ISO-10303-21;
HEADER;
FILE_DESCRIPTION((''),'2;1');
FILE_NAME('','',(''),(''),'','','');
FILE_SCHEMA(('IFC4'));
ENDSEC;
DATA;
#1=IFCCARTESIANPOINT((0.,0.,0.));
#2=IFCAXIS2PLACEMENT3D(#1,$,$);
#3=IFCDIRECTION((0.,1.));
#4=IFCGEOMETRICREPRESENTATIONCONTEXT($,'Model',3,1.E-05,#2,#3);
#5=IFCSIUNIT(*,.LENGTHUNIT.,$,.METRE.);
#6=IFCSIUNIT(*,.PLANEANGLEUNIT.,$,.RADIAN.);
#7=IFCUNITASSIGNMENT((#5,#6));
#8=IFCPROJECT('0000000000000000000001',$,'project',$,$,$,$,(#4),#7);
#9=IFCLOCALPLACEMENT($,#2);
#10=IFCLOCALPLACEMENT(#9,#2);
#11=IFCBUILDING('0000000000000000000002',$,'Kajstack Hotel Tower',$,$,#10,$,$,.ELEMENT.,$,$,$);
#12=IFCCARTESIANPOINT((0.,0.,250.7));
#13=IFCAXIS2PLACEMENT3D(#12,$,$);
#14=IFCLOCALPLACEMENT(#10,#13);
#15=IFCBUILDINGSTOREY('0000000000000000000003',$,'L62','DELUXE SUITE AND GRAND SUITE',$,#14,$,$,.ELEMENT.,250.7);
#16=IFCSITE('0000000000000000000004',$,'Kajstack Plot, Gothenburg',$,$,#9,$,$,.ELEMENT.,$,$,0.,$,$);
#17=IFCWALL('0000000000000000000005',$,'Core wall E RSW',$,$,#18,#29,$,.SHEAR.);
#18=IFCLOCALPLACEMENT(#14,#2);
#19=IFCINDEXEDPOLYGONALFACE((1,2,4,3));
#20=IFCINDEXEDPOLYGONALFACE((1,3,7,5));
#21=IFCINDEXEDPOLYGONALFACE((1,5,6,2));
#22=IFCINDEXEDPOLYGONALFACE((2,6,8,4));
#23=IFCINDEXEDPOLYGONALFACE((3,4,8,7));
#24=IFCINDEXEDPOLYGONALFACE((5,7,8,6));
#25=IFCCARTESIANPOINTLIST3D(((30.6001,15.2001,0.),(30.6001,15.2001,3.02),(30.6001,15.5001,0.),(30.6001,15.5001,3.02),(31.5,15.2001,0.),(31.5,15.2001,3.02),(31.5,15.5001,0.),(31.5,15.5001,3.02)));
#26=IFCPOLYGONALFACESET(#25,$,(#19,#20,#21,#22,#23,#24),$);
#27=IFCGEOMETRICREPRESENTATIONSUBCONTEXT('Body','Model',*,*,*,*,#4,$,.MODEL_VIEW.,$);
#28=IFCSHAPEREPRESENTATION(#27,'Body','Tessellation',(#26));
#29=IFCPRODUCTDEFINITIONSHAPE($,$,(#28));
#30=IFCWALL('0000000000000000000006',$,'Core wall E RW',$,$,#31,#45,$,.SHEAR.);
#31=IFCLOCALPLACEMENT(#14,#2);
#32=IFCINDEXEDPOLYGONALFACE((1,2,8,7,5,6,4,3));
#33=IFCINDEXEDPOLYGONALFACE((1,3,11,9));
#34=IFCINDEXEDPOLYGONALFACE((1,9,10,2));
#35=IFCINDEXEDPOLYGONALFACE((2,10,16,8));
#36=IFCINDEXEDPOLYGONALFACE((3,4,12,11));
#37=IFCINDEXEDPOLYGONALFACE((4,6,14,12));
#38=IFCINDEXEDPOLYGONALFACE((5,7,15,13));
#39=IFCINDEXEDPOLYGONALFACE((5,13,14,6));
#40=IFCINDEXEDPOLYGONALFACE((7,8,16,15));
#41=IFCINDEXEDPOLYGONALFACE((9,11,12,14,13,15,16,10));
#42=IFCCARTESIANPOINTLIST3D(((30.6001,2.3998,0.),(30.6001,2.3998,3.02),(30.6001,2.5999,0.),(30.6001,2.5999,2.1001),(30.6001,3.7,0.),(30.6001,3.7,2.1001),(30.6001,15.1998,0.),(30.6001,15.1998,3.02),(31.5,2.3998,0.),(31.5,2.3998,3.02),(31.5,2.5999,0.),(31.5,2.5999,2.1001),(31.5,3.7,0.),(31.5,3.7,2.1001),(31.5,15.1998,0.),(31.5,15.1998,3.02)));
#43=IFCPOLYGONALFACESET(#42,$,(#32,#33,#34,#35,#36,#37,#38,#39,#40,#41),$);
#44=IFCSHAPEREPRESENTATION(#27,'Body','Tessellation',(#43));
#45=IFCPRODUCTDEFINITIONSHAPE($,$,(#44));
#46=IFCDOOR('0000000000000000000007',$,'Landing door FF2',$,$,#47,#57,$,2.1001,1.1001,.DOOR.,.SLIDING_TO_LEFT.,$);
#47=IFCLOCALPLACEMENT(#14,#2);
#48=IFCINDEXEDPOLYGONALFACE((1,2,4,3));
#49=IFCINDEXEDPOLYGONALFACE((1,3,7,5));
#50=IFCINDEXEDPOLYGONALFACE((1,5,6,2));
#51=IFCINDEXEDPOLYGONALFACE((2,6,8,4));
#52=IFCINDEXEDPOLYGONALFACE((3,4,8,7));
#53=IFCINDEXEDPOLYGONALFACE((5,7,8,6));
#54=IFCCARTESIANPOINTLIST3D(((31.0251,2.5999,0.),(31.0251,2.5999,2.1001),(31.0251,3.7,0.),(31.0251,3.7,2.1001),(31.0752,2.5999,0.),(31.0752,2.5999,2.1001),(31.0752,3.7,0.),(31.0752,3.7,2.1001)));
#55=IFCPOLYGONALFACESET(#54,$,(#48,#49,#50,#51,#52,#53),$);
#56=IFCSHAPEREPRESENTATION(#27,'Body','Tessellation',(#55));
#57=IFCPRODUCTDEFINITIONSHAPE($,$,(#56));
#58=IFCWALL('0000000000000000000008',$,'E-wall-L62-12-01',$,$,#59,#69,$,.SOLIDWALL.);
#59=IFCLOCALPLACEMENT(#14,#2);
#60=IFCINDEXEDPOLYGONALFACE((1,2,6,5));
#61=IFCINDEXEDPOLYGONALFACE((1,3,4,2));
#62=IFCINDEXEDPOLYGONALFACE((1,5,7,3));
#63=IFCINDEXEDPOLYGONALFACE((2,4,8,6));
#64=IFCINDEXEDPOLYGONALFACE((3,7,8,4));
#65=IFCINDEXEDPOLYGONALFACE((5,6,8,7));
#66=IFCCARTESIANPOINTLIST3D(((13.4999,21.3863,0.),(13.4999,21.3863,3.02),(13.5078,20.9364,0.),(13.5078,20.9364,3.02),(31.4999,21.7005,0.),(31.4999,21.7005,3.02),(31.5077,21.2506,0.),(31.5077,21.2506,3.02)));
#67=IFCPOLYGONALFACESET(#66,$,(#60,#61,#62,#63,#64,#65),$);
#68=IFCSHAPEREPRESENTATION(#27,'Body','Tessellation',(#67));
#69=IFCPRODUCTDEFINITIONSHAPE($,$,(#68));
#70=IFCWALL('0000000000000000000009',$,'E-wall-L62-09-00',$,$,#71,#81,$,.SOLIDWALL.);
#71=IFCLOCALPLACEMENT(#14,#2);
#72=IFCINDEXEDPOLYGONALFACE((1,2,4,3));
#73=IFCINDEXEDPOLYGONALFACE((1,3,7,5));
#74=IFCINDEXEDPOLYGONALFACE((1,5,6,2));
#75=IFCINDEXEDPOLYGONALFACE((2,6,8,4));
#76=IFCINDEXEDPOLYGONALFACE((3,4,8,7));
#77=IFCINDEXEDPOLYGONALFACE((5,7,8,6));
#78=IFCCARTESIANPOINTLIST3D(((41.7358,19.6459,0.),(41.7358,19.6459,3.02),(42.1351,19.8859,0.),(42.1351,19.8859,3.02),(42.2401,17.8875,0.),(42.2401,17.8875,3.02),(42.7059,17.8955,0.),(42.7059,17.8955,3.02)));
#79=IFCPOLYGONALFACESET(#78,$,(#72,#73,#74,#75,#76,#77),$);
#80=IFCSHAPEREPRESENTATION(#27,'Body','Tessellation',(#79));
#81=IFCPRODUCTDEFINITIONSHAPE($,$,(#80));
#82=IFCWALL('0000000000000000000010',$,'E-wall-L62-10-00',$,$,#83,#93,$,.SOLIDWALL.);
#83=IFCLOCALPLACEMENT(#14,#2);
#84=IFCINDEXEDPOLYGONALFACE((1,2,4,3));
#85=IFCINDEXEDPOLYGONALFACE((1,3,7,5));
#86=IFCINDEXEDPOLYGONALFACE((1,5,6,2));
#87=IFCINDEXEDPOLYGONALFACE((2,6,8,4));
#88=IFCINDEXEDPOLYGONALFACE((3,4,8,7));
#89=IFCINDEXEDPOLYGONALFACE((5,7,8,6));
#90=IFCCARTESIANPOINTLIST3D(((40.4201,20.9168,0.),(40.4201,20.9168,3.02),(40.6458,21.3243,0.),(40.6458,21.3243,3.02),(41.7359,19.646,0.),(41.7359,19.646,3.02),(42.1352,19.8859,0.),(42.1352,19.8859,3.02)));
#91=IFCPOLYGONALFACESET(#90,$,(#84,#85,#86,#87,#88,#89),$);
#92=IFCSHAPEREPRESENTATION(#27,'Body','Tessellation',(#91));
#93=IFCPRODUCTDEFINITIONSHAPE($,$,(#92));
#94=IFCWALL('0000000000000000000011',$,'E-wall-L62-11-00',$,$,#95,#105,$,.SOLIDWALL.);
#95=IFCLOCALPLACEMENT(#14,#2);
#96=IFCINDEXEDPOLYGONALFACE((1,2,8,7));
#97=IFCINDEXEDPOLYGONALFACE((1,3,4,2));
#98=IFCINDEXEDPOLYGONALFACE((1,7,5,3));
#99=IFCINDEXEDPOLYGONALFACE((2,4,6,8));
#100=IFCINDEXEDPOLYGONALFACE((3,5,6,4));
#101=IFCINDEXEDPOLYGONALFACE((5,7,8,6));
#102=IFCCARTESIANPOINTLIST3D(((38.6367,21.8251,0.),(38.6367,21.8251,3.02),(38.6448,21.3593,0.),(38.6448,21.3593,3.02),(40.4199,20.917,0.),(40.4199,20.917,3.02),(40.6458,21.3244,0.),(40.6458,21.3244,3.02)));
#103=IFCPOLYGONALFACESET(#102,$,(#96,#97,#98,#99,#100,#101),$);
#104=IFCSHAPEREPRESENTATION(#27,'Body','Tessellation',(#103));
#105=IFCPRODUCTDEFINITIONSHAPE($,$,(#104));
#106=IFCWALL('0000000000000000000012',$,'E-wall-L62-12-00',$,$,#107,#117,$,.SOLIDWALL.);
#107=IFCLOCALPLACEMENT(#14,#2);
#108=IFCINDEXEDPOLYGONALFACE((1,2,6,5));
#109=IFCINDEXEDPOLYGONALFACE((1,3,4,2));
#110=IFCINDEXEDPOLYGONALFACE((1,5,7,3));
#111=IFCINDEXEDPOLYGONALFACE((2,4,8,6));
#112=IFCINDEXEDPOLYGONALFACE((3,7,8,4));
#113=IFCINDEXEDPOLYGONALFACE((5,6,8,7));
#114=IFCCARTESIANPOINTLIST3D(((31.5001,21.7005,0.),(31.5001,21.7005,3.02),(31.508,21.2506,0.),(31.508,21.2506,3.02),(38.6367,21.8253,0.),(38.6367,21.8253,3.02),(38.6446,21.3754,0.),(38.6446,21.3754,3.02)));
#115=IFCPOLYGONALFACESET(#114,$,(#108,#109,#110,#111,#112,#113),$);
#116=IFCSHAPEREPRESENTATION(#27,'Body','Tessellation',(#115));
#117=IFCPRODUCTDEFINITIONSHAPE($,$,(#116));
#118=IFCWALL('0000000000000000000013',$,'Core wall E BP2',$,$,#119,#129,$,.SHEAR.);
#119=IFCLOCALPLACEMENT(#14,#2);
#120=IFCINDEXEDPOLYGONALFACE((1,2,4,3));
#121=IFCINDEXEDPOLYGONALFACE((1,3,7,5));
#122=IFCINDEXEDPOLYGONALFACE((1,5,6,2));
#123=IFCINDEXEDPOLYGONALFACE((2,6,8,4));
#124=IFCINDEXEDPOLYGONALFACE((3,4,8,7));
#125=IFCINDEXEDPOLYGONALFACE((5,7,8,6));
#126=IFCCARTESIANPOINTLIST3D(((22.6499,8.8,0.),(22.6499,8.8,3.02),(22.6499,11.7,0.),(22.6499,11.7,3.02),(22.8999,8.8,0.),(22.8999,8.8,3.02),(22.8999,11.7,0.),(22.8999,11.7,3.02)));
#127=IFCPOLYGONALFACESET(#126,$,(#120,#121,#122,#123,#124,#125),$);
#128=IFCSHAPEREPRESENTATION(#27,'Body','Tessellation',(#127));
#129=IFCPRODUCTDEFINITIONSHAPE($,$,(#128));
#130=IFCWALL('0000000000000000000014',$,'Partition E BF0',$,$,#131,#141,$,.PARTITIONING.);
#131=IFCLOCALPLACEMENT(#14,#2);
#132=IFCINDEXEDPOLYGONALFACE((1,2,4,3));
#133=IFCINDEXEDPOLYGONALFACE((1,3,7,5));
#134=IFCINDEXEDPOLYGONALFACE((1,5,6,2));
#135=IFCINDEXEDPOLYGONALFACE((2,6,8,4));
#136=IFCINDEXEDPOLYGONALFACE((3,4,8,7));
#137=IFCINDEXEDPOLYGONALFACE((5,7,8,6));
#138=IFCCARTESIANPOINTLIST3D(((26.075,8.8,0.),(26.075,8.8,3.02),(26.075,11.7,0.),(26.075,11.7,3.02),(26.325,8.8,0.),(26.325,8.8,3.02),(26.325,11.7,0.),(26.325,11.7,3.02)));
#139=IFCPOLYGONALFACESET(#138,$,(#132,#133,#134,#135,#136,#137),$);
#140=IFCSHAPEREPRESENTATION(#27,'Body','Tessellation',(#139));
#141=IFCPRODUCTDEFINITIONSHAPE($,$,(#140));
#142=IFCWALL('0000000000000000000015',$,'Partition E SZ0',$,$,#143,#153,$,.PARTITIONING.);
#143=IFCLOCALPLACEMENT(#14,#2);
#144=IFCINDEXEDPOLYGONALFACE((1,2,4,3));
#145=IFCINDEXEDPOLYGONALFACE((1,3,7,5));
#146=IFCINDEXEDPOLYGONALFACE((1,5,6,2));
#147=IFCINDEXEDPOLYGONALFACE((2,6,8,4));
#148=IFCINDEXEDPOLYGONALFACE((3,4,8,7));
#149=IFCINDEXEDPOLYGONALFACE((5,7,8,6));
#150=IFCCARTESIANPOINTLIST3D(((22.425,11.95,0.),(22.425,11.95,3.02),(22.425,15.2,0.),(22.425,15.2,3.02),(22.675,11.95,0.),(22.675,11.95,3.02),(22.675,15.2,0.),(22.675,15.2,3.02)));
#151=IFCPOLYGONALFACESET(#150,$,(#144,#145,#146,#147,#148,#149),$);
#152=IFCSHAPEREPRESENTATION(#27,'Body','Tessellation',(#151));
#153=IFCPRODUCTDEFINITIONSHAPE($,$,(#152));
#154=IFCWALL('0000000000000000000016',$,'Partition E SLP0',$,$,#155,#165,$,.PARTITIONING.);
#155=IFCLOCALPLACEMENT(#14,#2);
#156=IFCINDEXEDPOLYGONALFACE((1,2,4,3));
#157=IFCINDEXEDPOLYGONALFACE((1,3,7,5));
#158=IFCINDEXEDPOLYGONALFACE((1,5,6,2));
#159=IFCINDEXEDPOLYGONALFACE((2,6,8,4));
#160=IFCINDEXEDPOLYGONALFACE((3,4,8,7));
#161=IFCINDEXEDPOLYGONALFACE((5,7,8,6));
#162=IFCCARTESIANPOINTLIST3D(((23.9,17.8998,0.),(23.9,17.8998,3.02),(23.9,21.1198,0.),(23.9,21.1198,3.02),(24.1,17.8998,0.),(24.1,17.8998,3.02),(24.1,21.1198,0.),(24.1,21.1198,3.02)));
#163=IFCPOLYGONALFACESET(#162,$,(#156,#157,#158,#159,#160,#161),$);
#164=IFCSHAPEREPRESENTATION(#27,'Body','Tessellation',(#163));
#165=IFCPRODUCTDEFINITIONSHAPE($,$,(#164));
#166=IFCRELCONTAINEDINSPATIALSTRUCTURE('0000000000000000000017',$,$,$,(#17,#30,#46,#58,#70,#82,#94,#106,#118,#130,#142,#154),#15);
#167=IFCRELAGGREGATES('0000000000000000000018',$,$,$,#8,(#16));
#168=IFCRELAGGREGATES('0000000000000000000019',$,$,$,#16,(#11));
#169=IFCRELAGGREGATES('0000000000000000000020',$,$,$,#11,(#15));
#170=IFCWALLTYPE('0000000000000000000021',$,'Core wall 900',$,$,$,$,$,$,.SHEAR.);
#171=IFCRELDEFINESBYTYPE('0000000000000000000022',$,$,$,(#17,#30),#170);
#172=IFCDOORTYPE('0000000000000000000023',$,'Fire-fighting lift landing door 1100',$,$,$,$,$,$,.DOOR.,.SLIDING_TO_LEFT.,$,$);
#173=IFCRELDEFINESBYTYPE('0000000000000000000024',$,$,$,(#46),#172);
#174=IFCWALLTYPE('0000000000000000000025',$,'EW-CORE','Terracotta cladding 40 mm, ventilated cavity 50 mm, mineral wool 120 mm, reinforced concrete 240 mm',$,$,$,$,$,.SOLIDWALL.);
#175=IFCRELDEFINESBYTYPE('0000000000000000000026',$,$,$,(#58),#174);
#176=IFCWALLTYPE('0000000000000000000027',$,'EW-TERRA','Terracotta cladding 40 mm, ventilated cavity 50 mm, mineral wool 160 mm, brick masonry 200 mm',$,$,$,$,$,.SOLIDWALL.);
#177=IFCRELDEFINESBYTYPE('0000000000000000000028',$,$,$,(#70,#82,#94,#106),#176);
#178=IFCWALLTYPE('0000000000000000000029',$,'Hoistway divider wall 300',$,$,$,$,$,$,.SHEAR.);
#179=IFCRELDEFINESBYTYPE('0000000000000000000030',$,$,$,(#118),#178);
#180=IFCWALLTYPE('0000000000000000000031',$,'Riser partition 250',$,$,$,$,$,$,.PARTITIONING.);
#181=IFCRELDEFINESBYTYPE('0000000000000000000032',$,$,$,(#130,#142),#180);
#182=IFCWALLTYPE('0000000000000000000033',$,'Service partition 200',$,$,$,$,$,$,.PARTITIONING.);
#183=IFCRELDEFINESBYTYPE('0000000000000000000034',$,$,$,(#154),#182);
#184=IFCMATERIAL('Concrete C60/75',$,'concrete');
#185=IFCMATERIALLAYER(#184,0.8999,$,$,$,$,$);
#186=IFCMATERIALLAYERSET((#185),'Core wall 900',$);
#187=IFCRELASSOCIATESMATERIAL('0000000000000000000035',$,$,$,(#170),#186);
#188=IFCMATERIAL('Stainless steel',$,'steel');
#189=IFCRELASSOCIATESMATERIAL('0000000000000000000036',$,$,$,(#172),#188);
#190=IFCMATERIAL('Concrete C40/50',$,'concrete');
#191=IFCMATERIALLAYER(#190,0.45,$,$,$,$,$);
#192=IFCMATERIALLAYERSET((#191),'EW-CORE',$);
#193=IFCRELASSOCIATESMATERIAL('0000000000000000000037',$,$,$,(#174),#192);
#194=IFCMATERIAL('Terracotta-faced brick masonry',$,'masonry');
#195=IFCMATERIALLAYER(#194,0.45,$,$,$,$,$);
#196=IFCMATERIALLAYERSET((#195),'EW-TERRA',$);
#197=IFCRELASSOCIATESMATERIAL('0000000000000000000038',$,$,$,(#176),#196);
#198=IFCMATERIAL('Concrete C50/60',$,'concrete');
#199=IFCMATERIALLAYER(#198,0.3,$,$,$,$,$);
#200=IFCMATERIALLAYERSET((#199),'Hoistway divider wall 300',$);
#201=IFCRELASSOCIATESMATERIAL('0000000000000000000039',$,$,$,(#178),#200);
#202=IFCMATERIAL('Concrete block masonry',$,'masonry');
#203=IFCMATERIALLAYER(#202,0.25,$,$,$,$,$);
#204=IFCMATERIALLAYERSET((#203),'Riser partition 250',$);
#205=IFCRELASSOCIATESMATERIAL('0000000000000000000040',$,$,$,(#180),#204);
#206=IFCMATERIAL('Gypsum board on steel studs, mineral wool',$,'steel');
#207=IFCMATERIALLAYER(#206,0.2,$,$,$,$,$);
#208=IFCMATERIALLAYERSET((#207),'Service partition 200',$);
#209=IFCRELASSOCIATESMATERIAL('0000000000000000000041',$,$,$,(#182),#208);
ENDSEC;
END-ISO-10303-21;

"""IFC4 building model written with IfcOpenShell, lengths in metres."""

from ifc_helpers import new_model, si_unit, direction, frame, frame_2d, origin, place, context, subcontext, project, spatial, polyline, rectangle, outline, extrude, material, layer, layer_set, type_object, element, fill, save


model = new_model("IFC4")

# Units and contexts
model_context = context("Model", 3, precision=1e-05, world=origin(), true_north=direction((0.0, 1.0)))
body_context = subcontext(model_context, "Body", "Model", "MODEL_VIEW")
ifc_project = project(units=[si_unit("LENGTHUNIT", "METRE"), si_unit("PLANEANGLEUNIT", "RADIAN")], contexts=[model_context])

# Site, building, storey
site_placement = place(None, origin())
site = spatial("IfcSite", under=ifc_project, at=site_placement, Name="Kajstack Plot, Gothenburg", CompositionType="ELEMENT", RefElevation=0.0)
building_placement = place(site_placement, origin())
building = spatial("IfcBuilding", under=site, at=building_placement, Name="Kajstack Hotel Tower", CompositionType="ELEMENT")
storey_placement = place(building_placement, frame((0.0, 0.0, 250.7)))
storey = spatial("IfcBuildingStorey", under=building, at=storey_placement, Name="L62", Description="DELUXE SUITE AND GRAND SUITE", CompositionType="ELEMENT", Elevation=250.7)

# Wall
ifc_material_1 = material(Name="Concrete C60/75", Category="concrete")
ifc_layer_1 = layer(ifc_material_1, 0.8999)
ifc_layer_set_1 = layer_set([ifc_layer_1], Name="Core wall 900")
wall_type_1 = type_object("IfcWallType", Name="Core wall 900", PredefinedType="SHEAR", material=ifc_layer_set_1)
wall_1_placement = place(storey_placement, frame((30.6001, 15.3501, 0.0), z_axis=(0.0, 0.0, 1.0), x_axis=(1.0, 0.0, 0.0)))
element("IfcWall", 1, at=wall_1_placement, inside=storey, type_object=wall_type_1, Name="Core wall E RSW", PredefinedType="SHEAR", context=body_context, shape_type="SweptSolid", body=[
    extrude(rectangle(XDim=0.8999, YDim=0.3, at=frame_2d((0.45, 0.0))), origin(), (0.0, 0.0, 1.0), 3.02),
])

# Wall, opening, door
wall_2_placement = place(storey_placement, frame((31.05, 2.3999, 0.0), z_axis=(0.0, 0.0, 1.0), x_axis=(0.0, 1.0, 0.0)))
wall_2 = element("IfcWall", 2, at=wall_2_placement, inside=storey, type_object=wall_type_1, Name="Core wall E RW", PredefinedType="SHEAR", context=body_context, shape_type="SweptSolid", body=[
    extrude(rectangle(XDim=12.8, YDim=0.8999, at=frame_2d((6.3999, 0.0))), origin(), (0.0, 0.0, 1.0), 3.02),
])
opening_1_placement = place(wall_2_placement, frame((0.2, 0.0, 0.0)))
opening_1 = element("IfcOpeningElement", 3, at=opening_1_placement, cuts=wall_2, PredefinedType="OPENING", context=body_context, shape_type="SweptSolid", body=[
    extrude(rectangle(XDim=1.1001, YDim=2.1001, at=frame_2d((0.55, 1.05))), frame((0.0, 0.46, 0.0), z_axis=(0.0, -1.0, 0.0), x_axis=(1.0, 0.0, 0.0)), (0.0, 0.0, 1.0), 0.9199),
])
ifc_material_2 = material(Name="Stainless steel", Category="steel")
door_type_1 = type_object("IfcDoorType", Name="Fire-fighting lift landing door 1100", OperationType="SLIDING_TO_LEFT", PredefinedType="DOOR", material=ifc_material_2)
door_1_placement = place(opening_1_placement, origin())
door_1 = element("IfcDoor", 4, at=door_1_placement, inside=storey, type_object=door_type_1, Name="Landing door FF2", OperationType="SLIDING_TO_LEFT", OverallHeight=2.1001, OverallWidth=1.1001, PredefinedType="DOOR", context=body_context, shape_type="SweptSolid", body=[
    extrude(rectangle(XDim=1.1001, YDim=2.1001, at=frame_2d((0.55, 1.05))), frame((0.0, 0.0249, 0.0), z_axis=(0.0, -1.0, 0.0), x_axis=(1.0, 0.0, 0.0)), (0.0, 0.0, 1.0), 0.05),
])
fill(opening_1, door_1)

# Walls
ifc_material_3 = material(Name="Concrete C40/50", Category="concrete")
ifc_layer_2 = layer(ifc_material_3, 0.45)
ifc_layer_set_2 = layer_set([ifc_layer_2], Name="EW-CORE")
wall_type_2 = type_object("IfcWallType", Name="EW-CORE", Description="Terracotta cladding 40 mm, ventilated cavity 50 mm, mineral wool 120 mm, reinforced concrete 240 mm", PredefinedType="SOLIDWALL", material=ifc_layer_set_2)
wall_3_placement = place(storey_placement, frame((31.5039, 21.4756, 0.0), z_axis=(0.0, 0.0, 1.0), x_axis=(-0.999848, -0.017453, 0.0)))
element("IfcWall", 5, at=wall_3_placement, inside=storey, type_object=wall_type_2, Name="E-wall-L62-12-01", PredefinedType="SOLIDWALL", context=body_context, shape_type="SweptSolid", body=[
    extrude(rectangle(XDim=18.0027, YDim=0.45, at=frame_2d((9.0015, 0.0))), origin(), (0.0, 0.0, 1.0), 3.02),
])
ifc_material_4 = material(Name="Terracotta-faced brick masonry", Category="masonry")
ifc_layer_3 = layer(ifc_material_4, 0.45)
ifc_layer_set_3 = layer_set([ifc_layer_3], Name="EW-TERRA")
wall_type_3 = type_object("IfcWallType", Name="EW-TERRA", Description="Terracotta cladding 40 mm, ventilated cavity 50 mm, mineral wool 160 mm, brick masonry 200 mm", PredefinedType="SOLIDWALL", material=ifc_layer_set_3)
wall_4_placement = place(storey_placement, frame((42.4895, 17.8335, 0.0), z_axis=(0.0, 0.0, 1.0), x_axis=(-0.275546, 0.961288, 0.0)))
element("IfcWall", 6, at=wall_4_placement, inside=storey, type_object=wall_type_3, Name="E-wall-L62-09-00", PredefinedType="SOLIDWALL", context=body_context, shape_type="SweptSolid", body=[
    extrude(outline(polyline([(0.0, -0.2251), (2.0706, -0.2249), (1.95, 0.2251), (0.1206, 0.2249), (0.0, -0.2251)])), origin(), (0.0, 0.0, 1.0), 3.02),
])
wall_5_placement = place(storey_placement, frame((41.979, 19.7241, 0.0), z_axis=(0.0, 0.0, 1.0), x_axis=(-0.719379, 0.694618, 0.0)))
element("IfcWall", 7, at=wall_5_placement, inside=storey, type_object=wall_type_3, Name="E-wall-L62-10-00", PredefinedType="SOLIDWALL", context=body_context, shape_type="SweptSolid", body=[
    extrude(outline(polyline([(0.0, -0.2249), (2.0706, -0.2251), (1.95, 0.2249), (0.1206, 0.2251), (0.0, -0.2249)])), origin(), (0.0, 0.0, 1.0), 3.02),
])
wall_6_placement = place(storey_placement, frame((40.5913, 21.106, 0.0), z_axis=(0.0, 0.0, 1.0), x_axis=(-0.970288, 0.241953, 0.0)))
element("IfcWall", 8, at=wall_6_placement, inside=storey, type_object=wall_type_3, Name="E-wall-L62-11-00", PredefinedType="SOLIDWALL", context=body_context, shape_type="SweptSolid", body=[
    extrude(outline(polyline([(0.0, -0.2251), (2.0706, -0.2249), (1.95, 0.2251), (0.1206, 0.2249), (0.0, -0.2251)])), origin(), (0.0, 0.0, 1.0), 3.02),
])
wall_7_placement = place(storey_placement, frame((38.6406, 21.6003, 0.0), z_axis=(0.0, 0.0, 1.0), x_axis=(-0.999847, -0.017478, 0.0)))
element("IfcWall", 9, at=wall_7_placement, inside=storey, type_object=wall_type_3, Name="E-wall-L62-12-00", PredefinedType="SOLIDWALL", context=body_context, shape_type="SweptSolid", body=[
    extrude(rectangle(XDim=7.1377, YDim=0.45, at=frame_2d((3.5688, 0.0))), origin(), (0.0, 0.0, 1.0), 3.02),
])
ifc_material_5 = material(Name="Concrete C50/60", Category="concrete")
ifc_layer_4 = layer(ifc_material_5, 0.3)
ifc_layer_set_4 = layer_set([ifc_layer_4], Name="Hoistway divider wall 300")
wall_type_4 = type_object("IfcWallType", Name="Hoistway divider wall 300", PredefinedType="SHEAR", material=ifc_layer_set_4)
wall_8_placement = place(storey_placement, frame((22.7749, 8.8, 0.0), z_axis=(0.0, 0.0, 1.0), x_axis=(0.0, 1.0, 0.0)))
element("IfcWall", 10, at=wall_8_placement, inside=storey, type_object=wall_type_4, Name="Core wall E BP2", PredefinedType="SHEAR", context=body_context, shape_type="SweptSolid", body=[
    extrude(rectangle(XDim=2.8999, YDim=0.25, at=frame_2d((1.45, 0.0))), origin(), (0.0, 0.0, 1.0), 3.02),
])
ifc_material_6 = material(Name="Concrete block masonry", Category="masonry")
ifc_layer_5 = layer(ifc_material_6, 0.25)
ifc_layer_set_5 = layer_set([ifc_layer_5], Name="Riser partition 250")
wall_type_5 = type_object("IfcWallType", Name="Riser partition 250", PredefinedType="PARTITIONING", material=ifc_layer_set_5)
wall_9_placement = place(storey_placement, frame((26.2, 8.8, 0.0), z_axis=(0.0, 0.0, 1.0), x_axis=(0.0, 1.0, 0.0)))
element("IfcWall", 11, at=wall_9_placement, inside=storey, type_object=wall_type_5, Name="Partition E BF0", PredefinedType="PARTITIONING", context=body_context, shape_type="SweptSolid", body=[
    extrude(rectangle(XDim=2.8999, YDim=0.25, at=frame_2d((1.45, 0.0))), origin(), (0.0, 0.0, 1.0), 3.02),
])
wall_10_placement = place(storey_placement, frame((22.55, 11.95, 0.0), z_axis=(0.0, 0.0, 1.0), x_axis=(0.0, 1.0, 0.0)))
element("IfcWall", 12, at=wall_10_placement, inside=storey, type_object=wall_type_5, Name="Partition E SZ0", PredefinedType="PARTITIONING", context=body_context, shape_type="SweptSolid", body=[
    extrude(rectangle(XDim=3.25, YDim=0.25, at=frame_2d((1.625, 0.0))), origin(), (0.0, 0.0, 1.0), 3.02),
])
ifc_material_7 = material(Name="Gypsum board on steel studs, mineral wool", Category="steel")
ifc_layer_6 = layer(ifc_material_7, 0.2)
ifc_layer_set_6 = layer_set([ifc_layer_6], Name="Service partition 200")
wall_type_6 = type_object("IfcWallType", Name="Service partition 200", PredefinedType="PARTITIONING", material=ifc_layer_set_6)
wall_11_placement = place(storey_placement, frame((24.0, 17.8999, 0.0), z_axis=(0.0, 0.0, 1.0), x_axis=(0.0, 1.0, 0.0)))
element("IfcWall", 13, at=wall_11_placement, inside=storey, type_object=wall_type_6, Name="Partition E SLP0", PredefinedType="PARTITIONING", context=body_context, shape_type="SweptSolid", body=[
    extrude(rectangle(XDim=3.22, YDim=0.2, at=frame_2d((1.6099, 0.0))), origin(), (0.0, 0.0, 1.0), 3.02),
])

save(model, "model.ifc")
